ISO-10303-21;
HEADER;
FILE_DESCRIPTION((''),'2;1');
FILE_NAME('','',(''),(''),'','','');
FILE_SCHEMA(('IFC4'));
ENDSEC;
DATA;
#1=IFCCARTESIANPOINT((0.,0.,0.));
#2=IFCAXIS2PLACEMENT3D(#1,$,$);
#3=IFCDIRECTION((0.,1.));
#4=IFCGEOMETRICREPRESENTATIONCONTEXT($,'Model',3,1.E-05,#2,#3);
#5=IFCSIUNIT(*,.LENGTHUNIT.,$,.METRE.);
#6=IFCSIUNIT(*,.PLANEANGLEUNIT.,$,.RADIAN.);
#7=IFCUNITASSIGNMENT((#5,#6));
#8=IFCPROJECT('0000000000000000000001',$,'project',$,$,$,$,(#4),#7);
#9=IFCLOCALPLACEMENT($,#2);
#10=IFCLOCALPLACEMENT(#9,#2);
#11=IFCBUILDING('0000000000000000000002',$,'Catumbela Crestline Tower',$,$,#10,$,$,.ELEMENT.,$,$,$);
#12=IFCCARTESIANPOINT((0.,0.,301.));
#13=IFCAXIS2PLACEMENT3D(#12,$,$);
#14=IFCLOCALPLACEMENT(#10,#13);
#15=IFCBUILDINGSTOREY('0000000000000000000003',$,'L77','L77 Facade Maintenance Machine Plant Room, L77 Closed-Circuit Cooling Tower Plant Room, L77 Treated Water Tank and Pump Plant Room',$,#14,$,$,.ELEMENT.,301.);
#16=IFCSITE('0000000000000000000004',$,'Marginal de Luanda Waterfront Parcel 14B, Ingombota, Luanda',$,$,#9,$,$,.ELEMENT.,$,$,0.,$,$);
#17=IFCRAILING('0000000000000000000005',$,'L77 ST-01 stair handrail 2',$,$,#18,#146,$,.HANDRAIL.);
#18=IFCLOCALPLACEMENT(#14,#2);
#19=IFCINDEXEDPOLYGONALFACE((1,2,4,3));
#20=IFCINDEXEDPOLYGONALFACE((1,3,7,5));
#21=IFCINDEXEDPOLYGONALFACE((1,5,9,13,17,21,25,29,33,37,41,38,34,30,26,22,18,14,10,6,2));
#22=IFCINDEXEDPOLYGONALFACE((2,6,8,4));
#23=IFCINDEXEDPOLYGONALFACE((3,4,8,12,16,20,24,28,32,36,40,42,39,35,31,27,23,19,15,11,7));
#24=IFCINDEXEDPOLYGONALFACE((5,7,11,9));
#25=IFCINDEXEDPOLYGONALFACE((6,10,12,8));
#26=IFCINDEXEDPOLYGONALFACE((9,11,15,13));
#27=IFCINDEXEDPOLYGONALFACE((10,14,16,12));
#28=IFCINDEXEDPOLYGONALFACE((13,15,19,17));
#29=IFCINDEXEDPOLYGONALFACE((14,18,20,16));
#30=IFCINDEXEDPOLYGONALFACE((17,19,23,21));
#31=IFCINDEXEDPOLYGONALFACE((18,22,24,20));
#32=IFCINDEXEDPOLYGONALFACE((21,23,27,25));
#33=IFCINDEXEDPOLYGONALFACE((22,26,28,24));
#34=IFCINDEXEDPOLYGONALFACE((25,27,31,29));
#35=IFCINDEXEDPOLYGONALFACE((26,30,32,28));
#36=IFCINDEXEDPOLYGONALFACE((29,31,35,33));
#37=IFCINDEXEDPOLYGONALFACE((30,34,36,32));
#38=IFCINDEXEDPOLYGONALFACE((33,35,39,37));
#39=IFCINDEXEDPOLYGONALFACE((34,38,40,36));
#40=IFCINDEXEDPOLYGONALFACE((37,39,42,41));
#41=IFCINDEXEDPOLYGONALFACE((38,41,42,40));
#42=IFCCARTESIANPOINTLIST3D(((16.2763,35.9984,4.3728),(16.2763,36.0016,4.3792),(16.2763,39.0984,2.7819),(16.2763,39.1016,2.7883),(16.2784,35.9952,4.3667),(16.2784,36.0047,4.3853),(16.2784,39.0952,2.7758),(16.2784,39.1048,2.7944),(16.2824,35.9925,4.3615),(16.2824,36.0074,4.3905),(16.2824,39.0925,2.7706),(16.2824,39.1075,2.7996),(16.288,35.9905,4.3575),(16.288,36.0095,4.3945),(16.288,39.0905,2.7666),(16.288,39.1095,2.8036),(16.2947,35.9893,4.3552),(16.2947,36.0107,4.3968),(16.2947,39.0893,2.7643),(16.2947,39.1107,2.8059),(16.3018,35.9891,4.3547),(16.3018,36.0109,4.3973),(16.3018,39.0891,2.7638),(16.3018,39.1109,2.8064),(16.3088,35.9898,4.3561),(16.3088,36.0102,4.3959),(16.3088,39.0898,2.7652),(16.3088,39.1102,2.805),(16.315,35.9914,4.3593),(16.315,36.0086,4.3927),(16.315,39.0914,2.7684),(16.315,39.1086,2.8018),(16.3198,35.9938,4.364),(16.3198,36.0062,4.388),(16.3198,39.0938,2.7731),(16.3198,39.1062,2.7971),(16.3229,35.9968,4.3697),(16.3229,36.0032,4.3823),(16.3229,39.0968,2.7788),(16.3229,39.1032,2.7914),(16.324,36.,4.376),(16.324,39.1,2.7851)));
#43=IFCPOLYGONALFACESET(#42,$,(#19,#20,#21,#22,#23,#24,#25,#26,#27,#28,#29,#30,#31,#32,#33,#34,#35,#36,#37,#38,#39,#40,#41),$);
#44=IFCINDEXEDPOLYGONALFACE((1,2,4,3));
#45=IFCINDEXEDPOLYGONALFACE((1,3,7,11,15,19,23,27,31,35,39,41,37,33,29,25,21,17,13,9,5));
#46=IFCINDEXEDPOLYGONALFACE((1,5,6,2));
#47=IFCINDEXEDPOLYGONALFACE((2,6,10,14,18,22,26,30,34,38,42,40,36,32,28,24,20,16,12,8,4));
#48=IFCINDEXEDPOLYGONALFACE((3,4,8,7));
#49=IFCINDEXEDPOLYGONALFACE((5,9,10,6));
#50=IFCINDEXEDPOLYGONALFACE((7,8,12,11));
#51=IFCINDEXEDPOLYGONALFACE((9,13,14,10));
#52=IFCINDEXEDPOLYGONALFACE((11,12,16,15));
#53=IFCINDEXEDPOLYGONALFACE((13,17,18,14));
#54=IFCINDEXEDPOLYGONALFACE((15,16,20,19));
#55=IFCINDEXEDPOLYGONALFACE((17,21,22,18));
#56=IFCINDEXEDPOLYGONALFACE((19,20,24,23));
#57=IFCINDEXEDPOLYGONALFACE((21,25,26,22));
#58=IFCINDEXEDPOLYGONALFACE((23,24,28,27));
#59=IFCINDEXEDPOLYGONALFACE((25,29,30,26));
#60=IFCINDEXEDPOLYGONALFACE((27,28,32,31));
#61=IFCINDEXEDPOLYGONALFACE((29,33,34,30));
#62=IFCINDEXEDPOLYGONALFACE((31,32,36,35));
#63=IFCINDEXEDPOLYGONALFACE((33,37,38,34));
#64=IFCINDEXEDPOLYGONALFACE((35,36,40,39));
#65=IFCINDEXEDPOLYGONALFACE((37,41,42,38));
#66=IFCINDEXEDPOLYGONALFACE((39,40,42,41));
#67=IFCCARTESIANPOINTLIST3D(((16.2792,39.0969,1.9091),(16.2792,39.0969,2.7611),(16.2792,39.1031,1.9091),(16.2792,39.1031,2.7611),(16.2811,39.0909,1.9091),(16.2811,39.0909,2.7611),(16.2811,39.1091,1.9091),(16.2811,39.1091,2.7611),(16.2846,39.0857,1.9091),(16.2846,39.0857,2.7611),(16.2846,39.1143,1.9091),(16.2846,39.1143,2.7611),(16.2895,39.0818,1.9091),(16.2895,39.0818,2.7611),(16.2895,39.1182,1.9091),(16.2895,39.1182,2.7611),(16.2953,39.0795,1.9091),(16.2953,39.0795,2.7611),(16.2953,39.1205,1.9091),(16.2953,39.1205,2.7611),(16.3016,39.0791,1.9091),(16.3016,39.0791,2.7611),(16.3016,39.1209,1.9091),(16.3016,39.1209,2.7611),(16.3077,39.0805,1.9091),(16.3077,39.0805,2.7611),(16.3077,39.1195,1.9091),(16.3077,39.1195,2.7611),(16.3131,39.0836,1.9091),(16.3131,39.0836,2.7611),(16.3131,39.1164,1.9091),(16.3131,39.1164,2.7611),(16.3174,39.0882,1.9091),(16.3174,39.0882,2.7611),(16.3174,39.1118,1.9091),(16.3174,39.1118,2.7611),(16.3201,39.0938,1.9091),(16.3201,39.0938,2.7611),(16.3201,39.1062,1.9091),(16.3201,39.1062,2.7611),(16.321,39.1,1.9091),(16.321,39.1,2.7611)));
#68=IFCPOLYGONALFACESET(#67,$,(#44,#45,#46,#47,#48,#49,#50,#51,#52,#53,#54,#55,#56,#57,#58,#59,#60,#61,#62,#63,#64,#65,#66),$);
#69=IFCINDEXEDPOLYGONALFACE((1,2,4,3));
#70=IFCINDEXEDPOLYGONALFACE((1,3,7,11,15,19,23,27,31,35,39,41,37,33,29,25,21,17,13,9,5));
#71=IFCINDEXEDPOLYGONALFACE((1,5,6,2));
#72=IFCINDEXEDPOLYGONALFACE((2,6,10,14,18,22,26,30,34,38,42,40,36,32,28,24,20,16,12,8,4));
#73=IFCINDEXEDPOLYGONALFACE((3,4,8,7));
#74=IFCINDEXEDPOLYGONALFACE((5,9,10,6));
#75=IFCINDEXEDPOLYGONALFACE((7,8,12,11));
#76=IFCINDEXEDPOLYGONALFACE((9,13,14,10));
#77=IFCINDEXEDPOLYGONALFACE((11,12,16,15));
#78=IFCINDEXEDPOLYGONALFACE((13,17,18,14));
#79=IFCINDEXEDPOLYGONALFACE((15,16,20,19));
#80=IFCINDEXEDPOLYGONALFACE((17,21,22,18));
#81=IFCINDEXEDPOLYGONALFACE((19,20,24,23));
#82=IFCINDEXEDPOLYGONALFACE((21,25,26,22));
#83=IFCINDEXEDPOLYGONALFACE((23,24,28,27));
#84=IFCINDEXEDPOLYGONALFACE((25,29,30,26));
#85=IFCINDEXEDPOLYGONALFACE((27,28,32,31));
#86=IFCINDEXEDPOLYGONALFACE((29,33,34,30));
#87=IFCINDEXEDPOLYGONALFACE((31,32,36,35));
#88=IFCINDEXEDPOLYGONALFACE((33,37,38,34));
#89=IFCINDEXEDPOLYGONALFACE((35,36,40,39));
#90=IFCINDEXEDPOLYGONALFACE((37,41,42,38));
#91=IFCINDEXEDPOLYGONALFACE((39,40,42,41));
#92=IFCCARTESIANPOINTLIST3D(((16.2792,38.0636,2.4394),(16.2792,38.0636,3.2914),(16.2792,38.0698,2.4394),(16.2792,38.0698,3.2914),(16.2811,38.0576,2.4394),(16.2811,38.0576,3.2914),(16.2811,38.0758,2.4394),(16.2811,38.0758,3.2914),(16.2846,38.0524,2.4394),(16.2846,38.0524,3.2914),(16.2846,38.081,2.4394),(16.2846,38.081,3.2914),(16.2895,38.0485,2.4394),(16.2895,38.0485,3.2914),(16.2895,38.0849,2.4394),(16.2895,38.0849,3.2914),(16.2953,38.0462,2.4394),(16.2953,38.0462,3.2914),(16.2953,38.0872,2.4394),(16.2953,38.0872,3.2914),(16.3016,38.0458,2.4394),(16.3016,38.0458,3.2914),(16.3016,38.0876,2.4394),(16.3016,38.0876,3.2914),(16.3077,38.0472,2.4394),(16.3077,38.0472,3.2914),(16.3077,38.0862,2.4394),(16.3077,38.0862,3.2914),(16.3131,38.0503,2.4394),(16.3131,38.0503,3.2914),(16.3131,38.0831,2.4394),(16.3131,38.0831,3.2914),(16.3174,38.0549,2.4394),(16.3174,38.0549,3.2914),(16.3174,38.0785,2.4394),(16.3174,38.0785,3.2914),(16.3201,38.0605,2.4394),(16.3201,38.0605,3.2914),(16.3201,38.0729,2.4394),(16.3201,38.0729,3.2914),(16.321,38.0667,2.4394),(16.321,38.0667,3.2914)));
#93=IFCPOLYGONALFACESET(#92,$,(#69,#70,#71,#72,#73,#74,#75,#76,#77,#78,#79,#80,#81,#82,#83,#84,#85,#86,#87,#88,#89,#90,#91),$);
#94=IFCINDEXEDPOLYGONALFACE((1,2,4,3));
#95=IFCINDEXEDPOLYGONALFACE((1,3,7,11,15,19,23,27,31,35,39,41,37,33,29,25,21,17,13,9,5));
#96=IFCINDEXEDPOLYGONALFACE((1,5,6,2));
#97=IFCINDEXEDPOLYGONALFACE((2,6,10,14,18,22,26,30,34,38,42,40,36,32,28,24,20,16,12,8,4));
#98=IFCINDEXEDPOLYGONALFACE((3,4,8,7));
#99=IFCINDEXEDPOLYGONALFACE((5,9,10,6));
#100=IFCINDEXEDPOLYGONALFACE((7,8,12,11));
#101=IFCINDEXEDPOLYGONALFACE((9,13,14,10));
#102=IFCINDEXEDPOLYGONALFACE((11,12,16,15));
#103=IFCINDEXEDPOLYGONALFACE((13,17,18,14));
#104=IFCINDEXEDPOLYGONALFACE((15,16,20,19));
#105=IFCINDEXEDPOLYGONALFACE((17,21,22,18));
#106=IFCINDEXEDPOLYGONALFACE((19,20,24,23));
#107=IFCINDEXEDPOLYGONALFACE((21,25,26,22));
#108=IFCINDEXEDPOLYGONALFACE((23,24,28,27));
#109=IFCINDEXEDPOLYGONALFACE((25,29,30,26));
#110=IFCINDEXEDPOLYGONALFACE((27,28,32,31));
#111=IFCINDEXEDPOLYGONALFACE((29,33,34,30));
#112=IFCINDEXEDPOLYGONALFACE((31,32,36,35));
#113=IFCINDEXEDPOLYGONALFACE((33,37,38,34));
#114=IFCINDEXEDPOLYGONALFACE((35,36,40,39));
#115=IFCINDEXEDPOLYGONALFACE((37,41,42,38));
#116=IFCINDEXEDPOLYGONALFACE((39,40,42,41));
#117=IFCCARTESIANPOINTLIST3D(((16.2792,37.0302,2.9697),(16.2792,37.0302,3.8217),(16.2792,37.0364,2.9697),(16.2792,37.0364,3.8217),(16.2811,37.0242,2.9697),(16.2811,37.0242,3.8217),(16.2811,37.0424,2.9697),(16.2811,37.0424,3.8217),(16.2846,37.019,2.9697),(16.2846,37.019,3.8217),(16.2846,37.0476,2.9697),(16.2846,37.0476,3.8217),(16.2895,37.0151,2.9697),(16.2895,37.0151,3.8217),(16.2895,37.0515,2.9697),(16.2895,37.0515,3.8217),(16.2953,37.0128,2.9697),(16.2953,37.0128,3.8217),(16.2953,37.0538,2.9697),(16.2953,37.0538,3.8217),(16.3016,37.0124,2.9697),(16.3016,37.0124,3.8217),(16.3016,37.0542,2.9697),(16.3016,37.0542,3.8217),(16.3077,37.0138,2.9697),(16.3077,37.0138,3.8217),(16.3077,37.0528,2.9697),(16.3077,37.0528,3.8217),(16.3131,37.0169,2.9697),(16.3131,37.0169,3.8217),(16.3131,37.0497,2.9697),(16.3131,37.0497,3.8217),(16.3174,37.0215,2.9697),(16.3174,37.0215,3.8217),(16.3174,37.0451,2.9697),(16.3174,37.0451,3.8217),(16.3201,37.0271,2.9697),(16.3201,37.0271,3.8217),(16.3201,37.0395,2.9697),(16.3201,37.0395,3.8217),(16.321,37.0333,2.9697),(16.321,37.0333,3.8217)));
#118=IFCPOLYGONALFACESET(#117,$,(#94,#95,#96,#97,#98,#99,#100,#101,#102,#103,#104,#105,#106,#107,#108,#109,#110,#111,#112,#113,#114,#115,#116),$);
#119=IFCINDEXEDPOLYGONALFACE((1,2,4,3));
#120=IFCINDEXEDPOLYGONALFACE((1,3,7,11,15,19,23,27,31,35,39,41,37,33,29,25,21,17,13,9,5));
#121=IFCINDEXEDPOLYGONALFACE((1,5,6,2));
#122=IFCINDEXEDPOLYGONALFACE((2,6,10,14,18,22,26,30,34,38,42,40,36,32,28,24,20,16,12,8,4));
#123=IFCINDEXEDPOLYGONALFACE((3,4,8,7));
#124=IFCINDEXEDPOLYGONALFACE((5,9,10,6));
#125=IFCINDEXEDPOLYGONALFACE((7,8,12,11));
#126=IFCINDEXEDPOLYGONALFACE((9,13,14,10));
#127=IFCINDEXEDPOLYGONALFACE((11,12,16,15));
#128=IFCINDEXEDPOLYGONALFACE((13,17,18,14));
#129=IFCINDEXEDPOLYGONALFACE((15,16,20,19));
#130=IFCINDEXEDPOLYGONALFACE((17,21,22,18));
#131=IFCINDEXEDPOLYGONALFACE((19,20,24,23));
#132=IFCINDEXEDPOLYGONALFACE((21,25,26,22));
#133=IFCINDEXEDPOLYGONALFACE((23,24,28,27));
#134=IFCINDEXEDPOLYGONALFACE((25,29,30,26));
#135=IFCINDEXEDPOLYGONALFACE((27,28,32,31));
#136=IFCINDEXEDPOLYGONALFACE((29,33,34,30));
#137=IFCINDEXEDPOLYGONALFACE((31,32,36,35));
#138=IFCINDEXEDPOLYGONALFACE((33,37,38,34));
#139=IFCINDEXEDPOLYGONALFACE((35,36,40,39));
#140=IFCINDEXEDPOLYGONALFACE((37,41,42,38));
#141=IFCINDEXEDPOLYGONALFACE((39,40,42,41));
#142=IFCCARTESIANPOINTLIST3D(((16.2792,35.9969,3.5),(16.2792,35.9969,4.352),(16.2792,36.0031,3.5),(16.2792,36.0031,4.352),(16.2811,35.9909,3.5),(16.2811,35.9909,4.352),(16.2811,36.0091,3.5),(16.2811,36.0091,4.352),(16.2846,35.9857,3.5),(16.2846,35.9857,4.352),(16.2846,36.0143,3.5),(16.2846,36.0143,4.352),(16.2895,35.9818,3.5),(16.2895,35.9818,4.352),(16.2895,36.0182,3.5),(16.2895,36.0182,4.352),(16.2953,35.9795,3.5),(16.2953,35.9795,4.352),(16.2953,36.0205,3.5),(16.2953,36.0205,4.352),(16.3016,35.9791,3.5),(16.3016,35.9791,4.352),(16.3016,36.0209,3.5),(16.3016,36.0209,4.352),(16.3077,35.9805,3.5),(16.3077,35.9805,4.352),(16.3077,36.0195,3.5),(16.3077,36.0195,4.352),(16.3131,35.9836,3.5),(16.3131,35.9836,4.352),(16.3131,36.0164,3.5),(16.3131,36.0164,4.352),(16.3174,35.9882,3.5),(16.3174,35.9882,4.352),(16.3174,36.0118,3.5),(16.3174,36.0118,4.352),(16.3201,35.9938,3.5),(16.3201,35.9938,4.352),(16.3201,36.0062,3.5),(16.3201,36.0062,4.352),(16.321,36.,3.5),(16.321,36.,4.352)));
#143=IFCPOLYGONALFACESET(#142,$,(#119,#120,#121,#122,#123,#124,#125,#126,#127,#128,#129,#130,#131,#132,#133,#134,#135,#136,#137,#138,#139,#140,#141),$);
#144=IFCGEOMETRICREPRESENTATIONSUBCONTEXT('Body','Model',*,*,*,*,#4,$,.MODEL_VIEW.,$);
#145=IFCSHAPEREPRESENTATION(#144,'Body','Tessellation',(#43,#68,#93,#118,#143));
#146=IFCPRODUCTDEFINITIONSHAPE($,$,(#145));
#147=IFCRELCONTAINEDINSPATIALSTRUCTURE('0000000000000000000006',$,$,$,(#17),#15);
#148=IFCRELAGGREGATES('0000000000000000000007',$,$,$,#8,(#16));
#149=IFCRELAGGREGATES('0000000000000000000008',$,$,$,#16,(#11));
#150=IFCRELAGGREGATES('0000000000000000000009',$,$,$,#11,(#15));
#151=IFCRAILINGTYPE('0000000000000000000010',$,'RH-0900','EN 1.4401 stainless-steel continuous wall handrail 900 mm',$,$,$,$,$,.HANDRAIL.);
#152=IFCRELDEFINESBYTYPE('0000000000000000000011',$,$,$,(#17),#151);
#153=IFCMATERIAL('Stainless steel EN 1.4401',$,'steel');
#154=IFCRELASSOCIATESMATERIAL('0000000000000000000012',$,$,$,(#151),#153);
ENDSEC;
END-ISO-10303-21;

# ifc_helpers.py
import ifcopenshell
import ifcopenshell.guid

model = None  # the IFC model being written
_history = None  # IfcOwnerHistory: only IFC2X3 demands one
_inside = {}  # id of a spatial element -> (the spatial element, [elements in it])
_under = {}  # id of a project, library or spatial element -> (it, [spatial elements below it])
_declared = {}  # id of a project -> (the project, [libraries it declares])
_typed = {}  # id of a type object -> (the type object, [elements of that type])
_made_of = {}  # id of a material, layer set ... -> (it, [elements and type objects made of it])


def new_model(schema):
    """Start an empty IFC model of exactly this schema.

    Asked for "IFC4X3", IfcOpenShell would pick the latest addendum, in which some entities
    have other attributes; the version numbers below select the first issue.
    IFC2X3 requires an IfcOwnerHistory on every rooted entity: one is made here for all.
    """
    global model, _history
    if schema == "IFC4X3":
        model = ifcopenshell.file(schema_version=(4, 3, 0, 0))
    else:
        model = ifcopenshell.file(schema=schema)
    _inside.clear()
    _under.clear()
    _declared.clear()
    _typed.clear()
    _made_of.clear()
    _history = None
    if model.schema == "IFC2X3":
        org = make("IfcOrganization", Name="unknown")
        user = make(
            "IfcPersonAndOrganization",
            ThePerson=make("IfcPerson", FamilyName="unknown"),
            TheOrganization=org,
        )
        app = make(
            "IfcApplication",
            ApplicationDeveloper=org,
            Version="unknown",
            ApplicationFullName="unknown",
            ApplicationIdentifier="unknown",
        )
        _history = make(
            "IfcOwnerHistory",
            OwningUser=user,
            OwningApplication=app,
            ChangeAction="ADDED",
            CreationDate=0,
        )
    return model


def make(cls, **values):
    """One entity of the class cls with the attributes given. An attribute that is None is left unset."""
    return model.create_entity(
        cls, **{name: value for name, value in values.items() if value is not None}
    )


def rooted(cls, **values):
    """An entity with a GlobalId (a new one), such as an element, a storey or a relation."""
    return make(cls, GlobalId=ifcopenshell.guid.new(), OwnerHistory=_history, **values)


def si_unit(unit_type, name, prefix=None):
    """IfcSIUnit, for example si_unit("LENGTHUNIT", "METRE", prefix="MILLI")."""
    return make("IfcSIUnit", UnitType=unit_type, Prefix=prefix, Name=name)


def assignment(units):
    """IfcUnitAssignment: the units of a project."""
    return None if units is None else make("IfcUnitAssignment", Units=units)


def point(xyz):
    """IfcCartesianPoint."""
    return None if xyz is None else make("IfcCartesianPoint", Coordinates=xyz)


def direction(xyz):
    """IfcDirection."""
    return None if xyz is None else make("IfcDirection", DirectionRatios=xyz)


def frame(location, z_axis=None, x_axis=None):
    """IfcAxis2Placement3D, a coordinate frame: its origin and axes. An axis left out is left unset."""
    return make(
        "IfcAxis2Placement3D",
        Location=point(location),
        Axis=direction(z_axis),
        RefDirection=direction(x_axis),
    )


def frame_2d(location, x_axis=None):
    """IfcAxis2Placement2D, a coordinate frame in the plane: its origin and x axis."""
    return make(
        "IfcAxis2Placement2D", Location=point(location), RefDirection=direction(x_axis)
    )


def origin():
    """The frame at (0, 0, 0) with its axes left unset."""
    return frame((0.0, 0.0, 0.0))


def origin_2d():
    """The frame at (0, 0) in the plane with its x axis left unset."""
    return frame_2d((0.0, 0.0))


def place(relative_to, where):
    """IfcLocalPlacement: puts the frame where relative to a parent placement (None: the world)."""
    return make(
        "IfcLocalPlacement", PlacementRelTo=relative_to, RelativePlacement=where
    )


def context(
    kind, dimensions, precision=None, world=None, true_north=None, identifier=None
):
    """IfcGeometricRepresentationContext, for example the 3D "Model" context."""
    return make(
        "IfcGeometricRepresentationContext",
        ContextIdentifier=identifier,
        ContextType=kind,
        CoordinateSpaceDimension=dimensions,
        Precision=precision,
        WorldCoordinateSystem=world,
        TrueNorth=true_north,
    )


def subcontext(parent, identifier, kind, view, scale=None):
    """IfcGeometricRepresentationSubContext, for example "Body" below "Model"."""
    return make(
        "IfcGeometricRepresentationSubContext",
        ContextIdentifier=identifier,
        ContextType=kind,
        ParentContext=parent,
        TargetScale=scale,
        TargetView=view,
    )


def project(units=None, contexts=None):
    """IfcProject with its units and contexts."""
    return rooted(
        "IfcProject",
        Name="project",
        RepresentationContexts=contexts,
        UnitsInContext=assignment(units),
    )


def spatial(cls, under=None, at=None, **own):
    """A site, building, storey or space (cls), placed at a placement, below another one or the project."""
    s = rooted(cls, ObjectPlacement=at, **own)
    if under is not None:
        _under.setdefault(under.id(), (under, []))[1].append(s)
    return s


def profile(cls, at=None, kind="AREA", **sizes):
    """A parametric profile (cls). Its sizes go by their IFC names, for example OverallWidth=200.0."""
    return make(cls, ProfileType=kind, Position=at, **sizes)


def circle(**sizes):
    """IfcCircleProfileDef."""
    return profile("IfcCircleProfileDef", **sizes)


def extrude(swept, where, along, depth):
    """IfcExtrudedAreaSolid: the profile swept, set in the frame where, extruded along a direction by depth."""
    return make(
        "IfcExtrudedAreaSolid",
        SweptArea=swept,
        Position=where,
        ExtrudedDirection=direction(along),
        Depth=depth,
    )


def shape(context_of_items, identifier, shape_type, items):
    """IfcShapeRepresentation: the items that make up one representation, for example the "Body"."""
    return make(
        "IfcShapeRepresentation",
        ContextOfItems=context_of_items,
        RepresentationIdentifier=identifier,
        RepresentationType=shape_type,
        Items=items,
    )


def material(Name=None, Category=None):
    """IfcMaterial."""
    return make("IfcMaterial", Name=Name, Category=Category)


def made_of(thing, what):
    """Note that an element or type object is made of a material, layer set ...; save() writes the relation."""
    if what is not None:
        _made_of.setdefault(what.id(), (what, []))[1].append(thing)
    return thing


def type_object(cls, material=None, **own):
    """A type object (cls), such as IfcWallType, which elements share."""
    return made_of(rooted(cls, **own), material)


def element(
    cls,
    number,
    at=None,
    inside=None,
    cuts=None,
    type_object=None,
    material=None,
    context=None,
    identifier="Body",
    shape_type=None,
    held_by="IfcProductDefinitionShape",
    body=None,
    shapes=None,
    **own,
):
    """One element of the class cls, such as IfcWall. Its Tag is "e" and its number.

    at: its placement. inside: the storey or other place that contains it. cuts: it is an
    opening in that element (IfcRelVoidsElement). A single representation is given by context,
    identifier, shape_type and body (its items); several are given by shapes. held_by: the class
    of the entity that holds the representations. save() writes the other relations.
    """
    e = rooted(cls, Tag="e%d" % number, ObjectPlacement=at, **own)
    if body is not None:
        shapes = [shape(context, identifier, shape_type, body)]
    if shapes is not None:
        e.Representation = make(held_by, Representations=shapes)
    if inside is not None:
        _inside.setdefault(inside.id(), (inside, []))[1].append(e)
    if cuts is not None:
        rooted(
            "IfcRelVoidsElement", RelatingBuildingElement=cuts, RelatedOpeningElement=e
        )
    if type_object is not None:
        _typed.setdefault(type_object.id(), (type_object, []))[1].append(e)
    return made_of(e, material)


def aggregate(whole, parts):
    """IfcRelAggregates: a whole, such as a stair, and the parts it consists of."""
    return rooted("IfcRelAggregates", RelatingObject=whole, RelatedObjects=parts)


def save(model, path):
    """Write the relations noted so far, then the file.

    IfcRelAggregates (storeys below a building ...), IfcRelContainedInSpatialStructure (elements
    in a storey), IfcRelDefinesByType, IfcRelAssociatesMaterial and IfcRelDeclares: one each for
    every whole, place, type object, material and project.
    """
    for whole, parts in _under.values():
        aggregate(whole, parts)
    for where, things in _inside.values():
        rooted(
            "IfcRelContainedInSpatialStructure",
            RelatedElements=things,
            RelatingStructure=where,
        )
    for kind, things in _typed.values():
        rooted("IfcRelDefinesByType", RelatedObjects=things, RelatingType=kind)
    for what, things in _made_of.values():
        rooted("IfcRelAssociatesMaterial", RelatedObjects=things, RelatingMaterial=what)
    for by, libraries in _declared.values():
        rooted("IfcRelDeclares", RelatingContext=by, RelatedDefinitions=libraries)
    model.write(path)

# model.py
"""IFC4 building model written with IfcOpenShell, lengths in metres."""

from ifc_helpers import new_model, si_unit, direction, frame, origin, origin_2d, place, context, subcontext, project, spatial, circle, extrude, material, type_object, element, save


model = new_model("IFC4")

# Units and contexts
model_context = context("Model", 3, precision=1e-05, world=origin(), true_north=direction((0.0, 1.0)))
body_context = subcontext(model_context, "Body", "Model", "MODEL_VIEW")
ifc_project = project(units=[si_unit("LENGTHUNIT", "METRE"), si_unit("PLANEANGLEUNIT", "RADIAN")], contexts=[model_context])

# Site, building, storey
site_placement = place(None, origin())
site = spatial("IfcSite", under=ifc_project, at=site_placement, Name="Marginal de Luanda Waterfront Parcel 14B, Ingombota, Luanda", CompositionType="ELEMENT", RefElevation=0.0)
building_placement = place(site_placement, origin())
building = spatial("IfcBuilding", under=site, at=building_placement, Name="Catumbela Crestline Tower", CompositionType="ELEMENT")
storey_placement = place(building_placement, frame((0.0, 0.0, 301.0)))
storey = spatial("IfcBuildingStorey", under=building, at=storey_placement, Name="L77", Description="L77 Facade Maintenance Machine Plant Room, L77 Closed-Circuit Cooling Tower Plant Room, L77 Treated Water Tank and Pump Plant Room", CompositionType="ELEMENT", Elevation=301.0)

# Shared definitions
ifc_material_1 = material(Name="Stainless steel EN 1.4401", Category="steel")

# Railing
railing_type = type_object("IfcRailingType", Name="RH-0900", Description="EN 1.4401 stainless-steel continuous wall handrail 900 mm", PredefinedType="HANDRAIL", material=ifc_material_1)
railing_placement = place(storey_placement, frame((16.3, 39.1, 1.9091)))
element("IfcRailing", 1, at=railing_placement, inside=storey, type_object=railing_type, Name="L77 ST-01 stair handrail 2", PredefinedType="HANDRAIL", context=body_context, shape_type="SweptSolid", body=[
    extrude(circle(Radius=0.024, at=origin_2d()), frame((0.0, 0.0, 0.876), z_axis=(0.0, -0.889683, 0.456579), x_axis=(1.0, 0.0, 0.0)), (0.0, 0.0, 1.0), 3.4844),
    extrude(circle(Radius=0.021, at=origin_2d()), origin(), (0.0, 0.0, 1.0), 0.852),
    extrude(circle(Radius=0.021, at=origin_2d()), frame((0.0, -1.0333, 0.5303)), (0.0, 0.0, 1.0), 0.852),
    extrude(circle(Radius=0.021, at=origin_2d()), frame((0.0, -2.0667, 1.0606)), (0.0, 0.0, 1.0), 0.852),
    extrude(circle(Radius=0.021, at=origin_2d()), frame((0.0, -3.1, 1.5909)), (0.0, 0.0, 1.0), 0.852),
])

save(model, "model.ifc")
